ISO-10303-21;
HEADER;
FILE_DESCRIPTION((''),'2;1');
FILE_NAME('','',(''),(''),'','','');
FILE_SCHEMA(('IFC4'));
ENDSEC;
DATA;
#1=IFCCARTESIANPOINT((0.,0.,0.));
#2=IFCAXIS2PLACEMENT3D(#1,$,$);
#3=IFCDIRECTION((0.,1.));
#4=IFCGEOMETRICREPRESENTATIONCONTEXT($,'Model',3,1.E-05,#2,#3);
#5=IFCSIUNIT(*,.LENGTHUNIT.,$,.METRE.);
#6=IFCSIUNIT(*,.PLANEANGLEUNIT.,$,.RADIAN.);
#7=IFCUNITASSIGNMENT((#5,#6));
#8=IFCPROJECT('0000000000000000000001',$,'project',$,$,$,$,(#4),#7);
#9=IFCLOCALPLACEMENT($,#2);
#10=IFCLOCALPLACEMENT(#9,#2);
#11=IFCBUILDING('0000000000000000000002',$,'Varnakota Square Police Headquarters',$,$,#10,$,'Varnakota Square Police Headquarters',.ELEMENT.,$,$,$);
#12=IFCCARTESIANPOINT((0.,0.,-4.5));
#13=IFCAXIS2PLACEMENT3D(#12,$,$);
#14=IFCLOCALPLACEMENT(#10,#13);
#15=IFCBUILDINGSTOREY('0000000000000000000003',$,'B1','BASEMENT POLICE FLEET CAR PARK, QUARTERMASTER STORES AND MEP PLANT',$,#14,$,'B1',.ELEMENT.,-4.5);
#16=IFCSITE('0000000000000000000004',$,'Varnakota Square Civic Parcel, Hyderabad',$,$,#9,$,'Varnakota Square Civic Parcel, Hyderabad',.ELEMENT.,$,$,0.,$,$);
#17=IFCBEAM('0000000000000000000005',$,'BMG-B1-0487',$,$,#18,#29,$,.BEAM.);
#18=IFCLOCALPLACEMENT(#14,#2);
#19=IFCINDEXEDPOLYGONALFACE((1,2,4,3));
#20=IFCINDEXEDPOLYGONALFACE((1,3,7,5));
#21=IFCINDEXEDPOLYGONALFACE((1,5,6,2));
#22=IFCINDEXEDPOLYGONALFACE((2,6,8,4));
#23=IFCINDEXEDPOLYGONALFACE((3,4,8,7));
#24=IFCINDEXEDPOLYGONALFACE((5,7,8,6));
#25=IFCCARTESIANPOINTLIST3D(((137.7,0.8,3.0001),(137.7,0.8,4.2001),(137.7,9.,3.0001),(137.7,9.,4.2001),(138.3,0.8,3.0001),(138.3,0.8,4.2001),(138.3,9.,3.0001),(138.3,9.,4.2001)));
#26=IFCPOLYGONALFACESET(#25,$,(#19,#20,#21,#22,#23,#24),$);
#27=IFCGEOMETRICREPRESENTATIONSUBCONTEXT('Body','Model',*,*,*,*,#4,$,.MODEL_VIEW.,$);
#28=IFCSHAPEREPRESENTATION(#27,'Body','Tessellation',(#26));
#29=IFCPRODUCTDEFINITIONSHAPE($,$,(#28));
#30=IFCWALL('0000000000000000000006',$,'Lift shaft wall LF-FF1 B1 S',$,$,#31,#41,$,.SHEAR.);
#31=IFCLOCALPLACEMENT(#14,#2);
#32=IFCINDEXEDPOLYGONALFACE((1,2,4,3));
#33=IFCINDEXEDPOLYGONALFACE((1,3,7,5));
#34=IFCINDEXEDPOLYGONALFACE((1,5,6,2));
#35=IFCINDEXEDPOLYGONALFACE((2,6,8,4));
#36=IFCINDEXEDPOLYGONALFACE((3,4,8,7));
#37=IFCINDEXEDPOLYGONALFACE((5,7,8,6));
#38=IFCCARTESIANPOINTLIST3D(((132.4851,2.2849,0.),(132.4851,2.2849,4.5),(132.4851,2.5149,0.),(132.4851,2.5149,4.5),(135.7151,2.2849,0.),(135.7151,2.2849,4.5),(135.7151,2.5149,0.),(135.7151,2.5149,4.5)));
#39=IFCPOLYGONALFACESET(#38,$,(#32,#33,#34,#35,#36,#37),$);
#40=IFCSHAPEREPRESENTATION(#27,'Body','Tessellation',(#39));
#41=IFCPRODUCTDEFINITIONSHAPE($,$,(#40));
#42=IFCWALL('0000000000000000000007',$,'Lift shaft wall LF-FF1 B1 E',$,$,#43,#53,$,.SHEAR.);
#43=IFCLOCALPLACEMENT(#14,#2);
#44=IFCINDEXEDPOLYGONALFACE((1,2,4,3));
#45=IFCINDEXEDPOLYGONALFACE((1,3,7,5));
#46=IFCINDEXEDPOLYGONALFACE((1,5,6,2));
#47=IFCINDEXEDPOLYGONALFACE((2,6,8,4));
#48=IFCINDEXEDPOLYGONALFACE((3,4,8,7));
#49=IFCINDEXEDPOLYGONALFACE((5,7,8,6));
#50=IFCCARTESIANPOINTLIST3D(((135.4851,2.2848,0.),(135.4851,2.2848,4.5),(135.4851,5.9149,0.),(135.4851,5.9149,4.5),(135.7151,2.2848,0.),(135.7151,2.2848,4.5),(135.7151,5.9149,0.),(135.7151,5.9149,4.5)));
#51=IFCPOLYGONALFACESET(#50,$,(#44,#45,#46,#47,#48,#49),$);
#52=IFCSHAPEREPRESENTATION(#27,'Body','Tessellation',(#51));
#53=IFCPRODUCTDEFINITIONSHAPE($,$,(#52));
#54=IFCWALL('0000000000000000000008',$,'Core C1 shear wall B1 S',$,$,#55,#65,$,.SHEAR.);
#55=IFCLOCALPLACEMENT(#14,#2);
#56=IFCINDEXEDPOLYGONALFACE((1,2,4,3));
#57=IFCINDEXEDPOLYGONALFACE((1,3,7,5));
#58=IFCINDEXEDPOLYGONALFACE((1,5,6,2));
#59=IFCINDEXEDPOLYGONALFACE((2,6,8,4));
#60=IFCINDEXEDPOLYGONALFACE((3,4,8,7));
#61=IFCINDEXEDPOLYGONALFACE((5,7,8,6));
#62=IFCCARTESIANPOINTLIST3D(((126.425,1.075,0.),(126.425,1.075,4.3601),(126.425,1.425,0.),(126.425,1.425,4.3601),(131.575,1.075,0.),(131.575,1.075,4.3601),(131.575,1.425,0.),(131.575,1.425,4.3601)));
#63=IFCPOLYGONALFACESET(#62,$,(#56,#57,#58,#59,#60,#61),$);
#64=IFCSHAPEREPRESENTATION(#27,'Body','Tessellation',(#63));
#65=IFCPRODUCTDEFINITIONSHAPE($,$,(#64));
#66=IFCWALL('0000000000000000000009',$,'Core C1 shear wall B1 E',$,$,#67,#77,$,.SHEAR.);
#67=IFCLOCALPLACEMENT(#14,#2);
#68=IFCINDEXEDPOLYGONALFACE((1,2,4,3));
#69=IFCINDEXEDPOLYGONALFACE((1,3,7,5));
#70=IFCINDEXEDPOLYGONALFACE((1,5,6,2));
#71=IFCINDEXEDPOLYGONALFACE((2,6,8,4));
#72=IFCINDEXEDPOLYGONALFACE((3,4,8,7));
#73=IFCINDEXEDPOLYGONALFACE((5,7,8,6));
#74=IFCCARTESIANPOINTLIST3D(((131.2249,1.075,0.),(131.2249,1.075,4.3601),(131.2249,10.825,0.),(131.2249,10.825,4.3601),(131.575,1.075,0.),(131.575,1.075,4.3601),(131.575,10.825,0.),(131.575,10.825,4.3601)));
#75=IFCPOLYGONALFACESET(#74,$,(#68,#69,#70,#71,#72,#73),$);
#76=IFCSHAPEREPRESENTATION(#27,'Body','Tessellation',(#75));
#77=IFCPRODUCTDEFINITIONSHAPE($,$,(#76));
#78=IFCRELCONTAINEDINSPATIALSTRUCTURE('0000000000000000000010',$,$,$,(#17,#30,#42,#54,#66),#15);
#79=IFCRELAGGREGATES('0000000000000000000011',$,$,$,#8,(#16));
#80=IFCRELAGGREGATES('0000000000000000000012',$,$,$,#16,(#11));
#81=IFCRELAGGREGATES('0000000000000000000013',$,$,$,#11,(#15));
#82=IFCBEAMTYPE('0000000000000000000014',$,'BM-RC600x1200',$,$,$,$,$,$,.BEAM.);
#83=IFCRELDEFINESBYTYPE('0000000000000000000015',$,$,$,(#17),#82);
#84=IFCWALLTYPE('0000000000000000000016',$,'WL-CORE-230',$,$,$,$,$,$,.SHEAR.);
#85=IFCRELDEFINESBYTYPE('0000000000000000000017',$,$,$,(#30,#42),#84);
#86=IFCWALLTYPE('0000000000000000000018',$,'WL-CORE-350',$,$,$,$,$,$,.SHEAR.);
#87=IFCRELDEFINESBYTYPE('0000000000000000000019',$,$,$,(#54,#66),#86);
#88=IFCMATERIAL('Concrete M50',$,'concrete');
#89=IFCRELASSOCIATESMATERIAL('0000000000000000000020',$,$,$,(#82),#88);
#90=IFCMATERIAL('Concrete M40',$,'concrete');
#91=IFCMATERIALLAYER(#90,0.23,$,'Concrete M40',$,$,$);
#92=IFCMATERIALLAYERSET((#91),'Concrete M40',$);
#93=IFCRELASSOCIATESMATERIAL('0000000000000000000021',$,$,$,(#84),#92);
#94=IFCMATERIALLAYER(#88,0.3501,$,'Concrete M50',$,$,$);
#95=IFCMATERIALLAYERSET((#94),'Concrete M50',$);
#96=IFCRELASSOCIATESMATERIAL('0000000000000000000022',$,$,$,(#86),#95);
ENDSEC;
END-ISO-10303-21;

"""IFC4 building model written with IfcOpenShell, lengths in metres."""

from ifc_helpers import new_model, si_unit, direction, frame, frame_2d, origin, origin_2d, place, context, subcontext, project, spatial, rectangle, extrude, material, layer, layer_set, material_profile, profile_set, type_object, element, save


model = new_model("IFC4")

# Units and contexts
model_context = context("Model", 3, precision=1e-05, world=origin(), true_north=direction((0.0, 1.0)))
body_context = subcontext(model_context, "Body", "Model", "MODEL_VIEW")
ifc_project = project(units=[si_unit("LENGTHUNIT", "METRE"), si_unit("PLANEANGLEUNIT", "RADIAN")], contexts=[model_context])

# Site, building, storey
site_placement = place(None, origin())
site = spatial("IfcSite", under=ifc_project, at=site_placement, Name="Varnakota Square Civic Parcel, Hyderabad", LongName="Varnakota Square Civic Parcel, Hyderabad", CompositionType="ELEMENT", RefElevation=0.0)
building_placement = place(site_placement, origin())
building = spatial("IfcBuilding", under=site, at=building_placement, Name="Varnakota Square Police Headquarters", LongName="Varnakota Square Police Headquarters", CompositionType="ELEMENT")
storey_placement = place(building_placement, frame((0.0, 0.0, -4.5)))
storey = spatial("IfcBuildingStorey", under=building, at=storey_placement, Name="B1", Description="BASEMENT POLICE FLEET CAR PARK, QUARTERMASTER STORES AND MEP PLANT", LongName="B1", CompositionType="ELEMENT", Elevation=-4.5)

# Shared definitions
ifc_material_1 = material(Name="Concrete M50", Category="concrete")

# Shared definitions
ifc_material_2 = material(Name="Concrete M40", Category="concrete")

# Beam
ifc_material_profile_1 = material_profile(ifc_material_1, rectangle(XDim=0.6001, YDim=1.2, at=origin_2d()), Name="RC 600x1200")
ifc_profile_set_1 = profile_set([ifc_material_profile_1], Name="Concrete M50")
beam_type_1 = type_object("IfcBeamType", Name="BM-RC600x1200", PredefinedType="BEAM", material=ifc_profile_set_1)
for number, where, z_axis, x_axis, name in (
    (1, (138.0, 0.8, 3.6001), (0.0, 1.0, 0.0), (-1.0, 0.0, 0.0), "BMG-B1-0487"),
):
    element("IfcBeam", number, at=place(storey_placement, frame(where, z_axis=z_axis, x_axis=x_axis)), inside=storey, type_object=beam_type_1, Name=name, PredefinedType="BEAM", context=body_context, shape_type="SweptSolid", body=[
        extrude(rectangle(XDim=0.6001, YDim=1.2, at=origin_2d()), origin(), (0.0, 0.0, 1.0), 8.2),
    ])

# Walls
ifc_layer_1 = layer(ifc_material_2, 0.23, Name="Concrete M40")
ifc_layer_set_1 = layer_set([ifc_layer_1], Name="Concrete M40")
wall_type_1 = type_object("IfcWallType", Name="WL-CORE-230", PredefinedType="SHEAR", material=ifc_layer_set_1)
wall_1_placement = place(storey_placement, frame((132.4851, 2.3999, 0.0), z_axis=(0.0, 0.0, 1.0), x_axis=(1.0, 0.0, 0.0)))
element("IfcWall", 2, at=wall_1_placement, inside=storey, type_object=wall_type_1, Name="Lift shaft wall LF-FF1 B1 S", PredefinedType="SHEAR", context=body_context, shape_type="SweptSolid", body=[
    extrude(rectangle(XDim=3.23, YDim=0.23, at=frame_2d((1.615, 0.0))), origin(), (0.0, 0.0, 1.0), 4.5),
])
wall_2_placement = place(storey_placement, frame((135.6001, 2.2849, 0.0), z_axis=(0.0, 0.0, 1.0), x_axis=(0.0, 1.0, 0.0)))
element("IfcWall", 3, at=wall_2_placement, inside=storey, type_object=wall_type_1, Name="Lift shaft wall LF-FF1 B1 E", PredefinedType="SHEAR", context=body_context, shape_type="SweptSolid", body=[
    extrude(rectangle(XDim=3.6301, YDim=0.23, at=frame_2d((1.8149, 0.0))), origin(), (0.0, 0.0, 1.0), 4.5),
])
ifc_layer_2 = layer(ifc_material_1, 0.3501, Name="Concrete M50")
ifc_layer_set_2 = layer_set([ifc_layer_2], Name="Concrete M50")
wall_type_2 = type_object("IfcWallType", Name="WL-CORE-350", PredefinedType="SHEAR", material=ifc_layer_set_2)
wall_3_placement = place(storey_placement, frame((126.425, 1.25, 0.0), z_axis=(0.0, 0.0, 1.0), x_axis=(1.0, 0.0, 0.0)))
element("IfcWall", 4, at=wall_3_placement, inside=storey, type_object=wall_type_2, Name="Core C1 shear wall B1 S", PredefinedType="SHEAR", context=body_context, shape_type="SweptSolid", body=[
    extrude(rectangle(XDim=5.1499, YDim=0.3501, at=frame_2d((2.575, 0.0))), origin(), (0.0, 0.0, 1.0), 4.3601),
])
wall_4_placement = place(storey_placement, frame((131.3999, 1.075, 0.0), z_axis=(0.0, 0.0, 1.0), x_axis=(0.0, 1.0, 0.0)))
element("IfcWall", 5, at=wall_4_placement, inside=storey, type_object=wall_type_2, Name="Core C1 shear wall B1 E", PredefinedType="SHEAR", context=body_context, shape_type="SweptSolid", body=[
    extrude(rectangle(XDim=9.75, YDim=0.3501, at=frame_2d((4.875, 0.0))), origin(), (0.0, 0.0, 1.0), 4.3601),
])

save(model, "model.ifc")
